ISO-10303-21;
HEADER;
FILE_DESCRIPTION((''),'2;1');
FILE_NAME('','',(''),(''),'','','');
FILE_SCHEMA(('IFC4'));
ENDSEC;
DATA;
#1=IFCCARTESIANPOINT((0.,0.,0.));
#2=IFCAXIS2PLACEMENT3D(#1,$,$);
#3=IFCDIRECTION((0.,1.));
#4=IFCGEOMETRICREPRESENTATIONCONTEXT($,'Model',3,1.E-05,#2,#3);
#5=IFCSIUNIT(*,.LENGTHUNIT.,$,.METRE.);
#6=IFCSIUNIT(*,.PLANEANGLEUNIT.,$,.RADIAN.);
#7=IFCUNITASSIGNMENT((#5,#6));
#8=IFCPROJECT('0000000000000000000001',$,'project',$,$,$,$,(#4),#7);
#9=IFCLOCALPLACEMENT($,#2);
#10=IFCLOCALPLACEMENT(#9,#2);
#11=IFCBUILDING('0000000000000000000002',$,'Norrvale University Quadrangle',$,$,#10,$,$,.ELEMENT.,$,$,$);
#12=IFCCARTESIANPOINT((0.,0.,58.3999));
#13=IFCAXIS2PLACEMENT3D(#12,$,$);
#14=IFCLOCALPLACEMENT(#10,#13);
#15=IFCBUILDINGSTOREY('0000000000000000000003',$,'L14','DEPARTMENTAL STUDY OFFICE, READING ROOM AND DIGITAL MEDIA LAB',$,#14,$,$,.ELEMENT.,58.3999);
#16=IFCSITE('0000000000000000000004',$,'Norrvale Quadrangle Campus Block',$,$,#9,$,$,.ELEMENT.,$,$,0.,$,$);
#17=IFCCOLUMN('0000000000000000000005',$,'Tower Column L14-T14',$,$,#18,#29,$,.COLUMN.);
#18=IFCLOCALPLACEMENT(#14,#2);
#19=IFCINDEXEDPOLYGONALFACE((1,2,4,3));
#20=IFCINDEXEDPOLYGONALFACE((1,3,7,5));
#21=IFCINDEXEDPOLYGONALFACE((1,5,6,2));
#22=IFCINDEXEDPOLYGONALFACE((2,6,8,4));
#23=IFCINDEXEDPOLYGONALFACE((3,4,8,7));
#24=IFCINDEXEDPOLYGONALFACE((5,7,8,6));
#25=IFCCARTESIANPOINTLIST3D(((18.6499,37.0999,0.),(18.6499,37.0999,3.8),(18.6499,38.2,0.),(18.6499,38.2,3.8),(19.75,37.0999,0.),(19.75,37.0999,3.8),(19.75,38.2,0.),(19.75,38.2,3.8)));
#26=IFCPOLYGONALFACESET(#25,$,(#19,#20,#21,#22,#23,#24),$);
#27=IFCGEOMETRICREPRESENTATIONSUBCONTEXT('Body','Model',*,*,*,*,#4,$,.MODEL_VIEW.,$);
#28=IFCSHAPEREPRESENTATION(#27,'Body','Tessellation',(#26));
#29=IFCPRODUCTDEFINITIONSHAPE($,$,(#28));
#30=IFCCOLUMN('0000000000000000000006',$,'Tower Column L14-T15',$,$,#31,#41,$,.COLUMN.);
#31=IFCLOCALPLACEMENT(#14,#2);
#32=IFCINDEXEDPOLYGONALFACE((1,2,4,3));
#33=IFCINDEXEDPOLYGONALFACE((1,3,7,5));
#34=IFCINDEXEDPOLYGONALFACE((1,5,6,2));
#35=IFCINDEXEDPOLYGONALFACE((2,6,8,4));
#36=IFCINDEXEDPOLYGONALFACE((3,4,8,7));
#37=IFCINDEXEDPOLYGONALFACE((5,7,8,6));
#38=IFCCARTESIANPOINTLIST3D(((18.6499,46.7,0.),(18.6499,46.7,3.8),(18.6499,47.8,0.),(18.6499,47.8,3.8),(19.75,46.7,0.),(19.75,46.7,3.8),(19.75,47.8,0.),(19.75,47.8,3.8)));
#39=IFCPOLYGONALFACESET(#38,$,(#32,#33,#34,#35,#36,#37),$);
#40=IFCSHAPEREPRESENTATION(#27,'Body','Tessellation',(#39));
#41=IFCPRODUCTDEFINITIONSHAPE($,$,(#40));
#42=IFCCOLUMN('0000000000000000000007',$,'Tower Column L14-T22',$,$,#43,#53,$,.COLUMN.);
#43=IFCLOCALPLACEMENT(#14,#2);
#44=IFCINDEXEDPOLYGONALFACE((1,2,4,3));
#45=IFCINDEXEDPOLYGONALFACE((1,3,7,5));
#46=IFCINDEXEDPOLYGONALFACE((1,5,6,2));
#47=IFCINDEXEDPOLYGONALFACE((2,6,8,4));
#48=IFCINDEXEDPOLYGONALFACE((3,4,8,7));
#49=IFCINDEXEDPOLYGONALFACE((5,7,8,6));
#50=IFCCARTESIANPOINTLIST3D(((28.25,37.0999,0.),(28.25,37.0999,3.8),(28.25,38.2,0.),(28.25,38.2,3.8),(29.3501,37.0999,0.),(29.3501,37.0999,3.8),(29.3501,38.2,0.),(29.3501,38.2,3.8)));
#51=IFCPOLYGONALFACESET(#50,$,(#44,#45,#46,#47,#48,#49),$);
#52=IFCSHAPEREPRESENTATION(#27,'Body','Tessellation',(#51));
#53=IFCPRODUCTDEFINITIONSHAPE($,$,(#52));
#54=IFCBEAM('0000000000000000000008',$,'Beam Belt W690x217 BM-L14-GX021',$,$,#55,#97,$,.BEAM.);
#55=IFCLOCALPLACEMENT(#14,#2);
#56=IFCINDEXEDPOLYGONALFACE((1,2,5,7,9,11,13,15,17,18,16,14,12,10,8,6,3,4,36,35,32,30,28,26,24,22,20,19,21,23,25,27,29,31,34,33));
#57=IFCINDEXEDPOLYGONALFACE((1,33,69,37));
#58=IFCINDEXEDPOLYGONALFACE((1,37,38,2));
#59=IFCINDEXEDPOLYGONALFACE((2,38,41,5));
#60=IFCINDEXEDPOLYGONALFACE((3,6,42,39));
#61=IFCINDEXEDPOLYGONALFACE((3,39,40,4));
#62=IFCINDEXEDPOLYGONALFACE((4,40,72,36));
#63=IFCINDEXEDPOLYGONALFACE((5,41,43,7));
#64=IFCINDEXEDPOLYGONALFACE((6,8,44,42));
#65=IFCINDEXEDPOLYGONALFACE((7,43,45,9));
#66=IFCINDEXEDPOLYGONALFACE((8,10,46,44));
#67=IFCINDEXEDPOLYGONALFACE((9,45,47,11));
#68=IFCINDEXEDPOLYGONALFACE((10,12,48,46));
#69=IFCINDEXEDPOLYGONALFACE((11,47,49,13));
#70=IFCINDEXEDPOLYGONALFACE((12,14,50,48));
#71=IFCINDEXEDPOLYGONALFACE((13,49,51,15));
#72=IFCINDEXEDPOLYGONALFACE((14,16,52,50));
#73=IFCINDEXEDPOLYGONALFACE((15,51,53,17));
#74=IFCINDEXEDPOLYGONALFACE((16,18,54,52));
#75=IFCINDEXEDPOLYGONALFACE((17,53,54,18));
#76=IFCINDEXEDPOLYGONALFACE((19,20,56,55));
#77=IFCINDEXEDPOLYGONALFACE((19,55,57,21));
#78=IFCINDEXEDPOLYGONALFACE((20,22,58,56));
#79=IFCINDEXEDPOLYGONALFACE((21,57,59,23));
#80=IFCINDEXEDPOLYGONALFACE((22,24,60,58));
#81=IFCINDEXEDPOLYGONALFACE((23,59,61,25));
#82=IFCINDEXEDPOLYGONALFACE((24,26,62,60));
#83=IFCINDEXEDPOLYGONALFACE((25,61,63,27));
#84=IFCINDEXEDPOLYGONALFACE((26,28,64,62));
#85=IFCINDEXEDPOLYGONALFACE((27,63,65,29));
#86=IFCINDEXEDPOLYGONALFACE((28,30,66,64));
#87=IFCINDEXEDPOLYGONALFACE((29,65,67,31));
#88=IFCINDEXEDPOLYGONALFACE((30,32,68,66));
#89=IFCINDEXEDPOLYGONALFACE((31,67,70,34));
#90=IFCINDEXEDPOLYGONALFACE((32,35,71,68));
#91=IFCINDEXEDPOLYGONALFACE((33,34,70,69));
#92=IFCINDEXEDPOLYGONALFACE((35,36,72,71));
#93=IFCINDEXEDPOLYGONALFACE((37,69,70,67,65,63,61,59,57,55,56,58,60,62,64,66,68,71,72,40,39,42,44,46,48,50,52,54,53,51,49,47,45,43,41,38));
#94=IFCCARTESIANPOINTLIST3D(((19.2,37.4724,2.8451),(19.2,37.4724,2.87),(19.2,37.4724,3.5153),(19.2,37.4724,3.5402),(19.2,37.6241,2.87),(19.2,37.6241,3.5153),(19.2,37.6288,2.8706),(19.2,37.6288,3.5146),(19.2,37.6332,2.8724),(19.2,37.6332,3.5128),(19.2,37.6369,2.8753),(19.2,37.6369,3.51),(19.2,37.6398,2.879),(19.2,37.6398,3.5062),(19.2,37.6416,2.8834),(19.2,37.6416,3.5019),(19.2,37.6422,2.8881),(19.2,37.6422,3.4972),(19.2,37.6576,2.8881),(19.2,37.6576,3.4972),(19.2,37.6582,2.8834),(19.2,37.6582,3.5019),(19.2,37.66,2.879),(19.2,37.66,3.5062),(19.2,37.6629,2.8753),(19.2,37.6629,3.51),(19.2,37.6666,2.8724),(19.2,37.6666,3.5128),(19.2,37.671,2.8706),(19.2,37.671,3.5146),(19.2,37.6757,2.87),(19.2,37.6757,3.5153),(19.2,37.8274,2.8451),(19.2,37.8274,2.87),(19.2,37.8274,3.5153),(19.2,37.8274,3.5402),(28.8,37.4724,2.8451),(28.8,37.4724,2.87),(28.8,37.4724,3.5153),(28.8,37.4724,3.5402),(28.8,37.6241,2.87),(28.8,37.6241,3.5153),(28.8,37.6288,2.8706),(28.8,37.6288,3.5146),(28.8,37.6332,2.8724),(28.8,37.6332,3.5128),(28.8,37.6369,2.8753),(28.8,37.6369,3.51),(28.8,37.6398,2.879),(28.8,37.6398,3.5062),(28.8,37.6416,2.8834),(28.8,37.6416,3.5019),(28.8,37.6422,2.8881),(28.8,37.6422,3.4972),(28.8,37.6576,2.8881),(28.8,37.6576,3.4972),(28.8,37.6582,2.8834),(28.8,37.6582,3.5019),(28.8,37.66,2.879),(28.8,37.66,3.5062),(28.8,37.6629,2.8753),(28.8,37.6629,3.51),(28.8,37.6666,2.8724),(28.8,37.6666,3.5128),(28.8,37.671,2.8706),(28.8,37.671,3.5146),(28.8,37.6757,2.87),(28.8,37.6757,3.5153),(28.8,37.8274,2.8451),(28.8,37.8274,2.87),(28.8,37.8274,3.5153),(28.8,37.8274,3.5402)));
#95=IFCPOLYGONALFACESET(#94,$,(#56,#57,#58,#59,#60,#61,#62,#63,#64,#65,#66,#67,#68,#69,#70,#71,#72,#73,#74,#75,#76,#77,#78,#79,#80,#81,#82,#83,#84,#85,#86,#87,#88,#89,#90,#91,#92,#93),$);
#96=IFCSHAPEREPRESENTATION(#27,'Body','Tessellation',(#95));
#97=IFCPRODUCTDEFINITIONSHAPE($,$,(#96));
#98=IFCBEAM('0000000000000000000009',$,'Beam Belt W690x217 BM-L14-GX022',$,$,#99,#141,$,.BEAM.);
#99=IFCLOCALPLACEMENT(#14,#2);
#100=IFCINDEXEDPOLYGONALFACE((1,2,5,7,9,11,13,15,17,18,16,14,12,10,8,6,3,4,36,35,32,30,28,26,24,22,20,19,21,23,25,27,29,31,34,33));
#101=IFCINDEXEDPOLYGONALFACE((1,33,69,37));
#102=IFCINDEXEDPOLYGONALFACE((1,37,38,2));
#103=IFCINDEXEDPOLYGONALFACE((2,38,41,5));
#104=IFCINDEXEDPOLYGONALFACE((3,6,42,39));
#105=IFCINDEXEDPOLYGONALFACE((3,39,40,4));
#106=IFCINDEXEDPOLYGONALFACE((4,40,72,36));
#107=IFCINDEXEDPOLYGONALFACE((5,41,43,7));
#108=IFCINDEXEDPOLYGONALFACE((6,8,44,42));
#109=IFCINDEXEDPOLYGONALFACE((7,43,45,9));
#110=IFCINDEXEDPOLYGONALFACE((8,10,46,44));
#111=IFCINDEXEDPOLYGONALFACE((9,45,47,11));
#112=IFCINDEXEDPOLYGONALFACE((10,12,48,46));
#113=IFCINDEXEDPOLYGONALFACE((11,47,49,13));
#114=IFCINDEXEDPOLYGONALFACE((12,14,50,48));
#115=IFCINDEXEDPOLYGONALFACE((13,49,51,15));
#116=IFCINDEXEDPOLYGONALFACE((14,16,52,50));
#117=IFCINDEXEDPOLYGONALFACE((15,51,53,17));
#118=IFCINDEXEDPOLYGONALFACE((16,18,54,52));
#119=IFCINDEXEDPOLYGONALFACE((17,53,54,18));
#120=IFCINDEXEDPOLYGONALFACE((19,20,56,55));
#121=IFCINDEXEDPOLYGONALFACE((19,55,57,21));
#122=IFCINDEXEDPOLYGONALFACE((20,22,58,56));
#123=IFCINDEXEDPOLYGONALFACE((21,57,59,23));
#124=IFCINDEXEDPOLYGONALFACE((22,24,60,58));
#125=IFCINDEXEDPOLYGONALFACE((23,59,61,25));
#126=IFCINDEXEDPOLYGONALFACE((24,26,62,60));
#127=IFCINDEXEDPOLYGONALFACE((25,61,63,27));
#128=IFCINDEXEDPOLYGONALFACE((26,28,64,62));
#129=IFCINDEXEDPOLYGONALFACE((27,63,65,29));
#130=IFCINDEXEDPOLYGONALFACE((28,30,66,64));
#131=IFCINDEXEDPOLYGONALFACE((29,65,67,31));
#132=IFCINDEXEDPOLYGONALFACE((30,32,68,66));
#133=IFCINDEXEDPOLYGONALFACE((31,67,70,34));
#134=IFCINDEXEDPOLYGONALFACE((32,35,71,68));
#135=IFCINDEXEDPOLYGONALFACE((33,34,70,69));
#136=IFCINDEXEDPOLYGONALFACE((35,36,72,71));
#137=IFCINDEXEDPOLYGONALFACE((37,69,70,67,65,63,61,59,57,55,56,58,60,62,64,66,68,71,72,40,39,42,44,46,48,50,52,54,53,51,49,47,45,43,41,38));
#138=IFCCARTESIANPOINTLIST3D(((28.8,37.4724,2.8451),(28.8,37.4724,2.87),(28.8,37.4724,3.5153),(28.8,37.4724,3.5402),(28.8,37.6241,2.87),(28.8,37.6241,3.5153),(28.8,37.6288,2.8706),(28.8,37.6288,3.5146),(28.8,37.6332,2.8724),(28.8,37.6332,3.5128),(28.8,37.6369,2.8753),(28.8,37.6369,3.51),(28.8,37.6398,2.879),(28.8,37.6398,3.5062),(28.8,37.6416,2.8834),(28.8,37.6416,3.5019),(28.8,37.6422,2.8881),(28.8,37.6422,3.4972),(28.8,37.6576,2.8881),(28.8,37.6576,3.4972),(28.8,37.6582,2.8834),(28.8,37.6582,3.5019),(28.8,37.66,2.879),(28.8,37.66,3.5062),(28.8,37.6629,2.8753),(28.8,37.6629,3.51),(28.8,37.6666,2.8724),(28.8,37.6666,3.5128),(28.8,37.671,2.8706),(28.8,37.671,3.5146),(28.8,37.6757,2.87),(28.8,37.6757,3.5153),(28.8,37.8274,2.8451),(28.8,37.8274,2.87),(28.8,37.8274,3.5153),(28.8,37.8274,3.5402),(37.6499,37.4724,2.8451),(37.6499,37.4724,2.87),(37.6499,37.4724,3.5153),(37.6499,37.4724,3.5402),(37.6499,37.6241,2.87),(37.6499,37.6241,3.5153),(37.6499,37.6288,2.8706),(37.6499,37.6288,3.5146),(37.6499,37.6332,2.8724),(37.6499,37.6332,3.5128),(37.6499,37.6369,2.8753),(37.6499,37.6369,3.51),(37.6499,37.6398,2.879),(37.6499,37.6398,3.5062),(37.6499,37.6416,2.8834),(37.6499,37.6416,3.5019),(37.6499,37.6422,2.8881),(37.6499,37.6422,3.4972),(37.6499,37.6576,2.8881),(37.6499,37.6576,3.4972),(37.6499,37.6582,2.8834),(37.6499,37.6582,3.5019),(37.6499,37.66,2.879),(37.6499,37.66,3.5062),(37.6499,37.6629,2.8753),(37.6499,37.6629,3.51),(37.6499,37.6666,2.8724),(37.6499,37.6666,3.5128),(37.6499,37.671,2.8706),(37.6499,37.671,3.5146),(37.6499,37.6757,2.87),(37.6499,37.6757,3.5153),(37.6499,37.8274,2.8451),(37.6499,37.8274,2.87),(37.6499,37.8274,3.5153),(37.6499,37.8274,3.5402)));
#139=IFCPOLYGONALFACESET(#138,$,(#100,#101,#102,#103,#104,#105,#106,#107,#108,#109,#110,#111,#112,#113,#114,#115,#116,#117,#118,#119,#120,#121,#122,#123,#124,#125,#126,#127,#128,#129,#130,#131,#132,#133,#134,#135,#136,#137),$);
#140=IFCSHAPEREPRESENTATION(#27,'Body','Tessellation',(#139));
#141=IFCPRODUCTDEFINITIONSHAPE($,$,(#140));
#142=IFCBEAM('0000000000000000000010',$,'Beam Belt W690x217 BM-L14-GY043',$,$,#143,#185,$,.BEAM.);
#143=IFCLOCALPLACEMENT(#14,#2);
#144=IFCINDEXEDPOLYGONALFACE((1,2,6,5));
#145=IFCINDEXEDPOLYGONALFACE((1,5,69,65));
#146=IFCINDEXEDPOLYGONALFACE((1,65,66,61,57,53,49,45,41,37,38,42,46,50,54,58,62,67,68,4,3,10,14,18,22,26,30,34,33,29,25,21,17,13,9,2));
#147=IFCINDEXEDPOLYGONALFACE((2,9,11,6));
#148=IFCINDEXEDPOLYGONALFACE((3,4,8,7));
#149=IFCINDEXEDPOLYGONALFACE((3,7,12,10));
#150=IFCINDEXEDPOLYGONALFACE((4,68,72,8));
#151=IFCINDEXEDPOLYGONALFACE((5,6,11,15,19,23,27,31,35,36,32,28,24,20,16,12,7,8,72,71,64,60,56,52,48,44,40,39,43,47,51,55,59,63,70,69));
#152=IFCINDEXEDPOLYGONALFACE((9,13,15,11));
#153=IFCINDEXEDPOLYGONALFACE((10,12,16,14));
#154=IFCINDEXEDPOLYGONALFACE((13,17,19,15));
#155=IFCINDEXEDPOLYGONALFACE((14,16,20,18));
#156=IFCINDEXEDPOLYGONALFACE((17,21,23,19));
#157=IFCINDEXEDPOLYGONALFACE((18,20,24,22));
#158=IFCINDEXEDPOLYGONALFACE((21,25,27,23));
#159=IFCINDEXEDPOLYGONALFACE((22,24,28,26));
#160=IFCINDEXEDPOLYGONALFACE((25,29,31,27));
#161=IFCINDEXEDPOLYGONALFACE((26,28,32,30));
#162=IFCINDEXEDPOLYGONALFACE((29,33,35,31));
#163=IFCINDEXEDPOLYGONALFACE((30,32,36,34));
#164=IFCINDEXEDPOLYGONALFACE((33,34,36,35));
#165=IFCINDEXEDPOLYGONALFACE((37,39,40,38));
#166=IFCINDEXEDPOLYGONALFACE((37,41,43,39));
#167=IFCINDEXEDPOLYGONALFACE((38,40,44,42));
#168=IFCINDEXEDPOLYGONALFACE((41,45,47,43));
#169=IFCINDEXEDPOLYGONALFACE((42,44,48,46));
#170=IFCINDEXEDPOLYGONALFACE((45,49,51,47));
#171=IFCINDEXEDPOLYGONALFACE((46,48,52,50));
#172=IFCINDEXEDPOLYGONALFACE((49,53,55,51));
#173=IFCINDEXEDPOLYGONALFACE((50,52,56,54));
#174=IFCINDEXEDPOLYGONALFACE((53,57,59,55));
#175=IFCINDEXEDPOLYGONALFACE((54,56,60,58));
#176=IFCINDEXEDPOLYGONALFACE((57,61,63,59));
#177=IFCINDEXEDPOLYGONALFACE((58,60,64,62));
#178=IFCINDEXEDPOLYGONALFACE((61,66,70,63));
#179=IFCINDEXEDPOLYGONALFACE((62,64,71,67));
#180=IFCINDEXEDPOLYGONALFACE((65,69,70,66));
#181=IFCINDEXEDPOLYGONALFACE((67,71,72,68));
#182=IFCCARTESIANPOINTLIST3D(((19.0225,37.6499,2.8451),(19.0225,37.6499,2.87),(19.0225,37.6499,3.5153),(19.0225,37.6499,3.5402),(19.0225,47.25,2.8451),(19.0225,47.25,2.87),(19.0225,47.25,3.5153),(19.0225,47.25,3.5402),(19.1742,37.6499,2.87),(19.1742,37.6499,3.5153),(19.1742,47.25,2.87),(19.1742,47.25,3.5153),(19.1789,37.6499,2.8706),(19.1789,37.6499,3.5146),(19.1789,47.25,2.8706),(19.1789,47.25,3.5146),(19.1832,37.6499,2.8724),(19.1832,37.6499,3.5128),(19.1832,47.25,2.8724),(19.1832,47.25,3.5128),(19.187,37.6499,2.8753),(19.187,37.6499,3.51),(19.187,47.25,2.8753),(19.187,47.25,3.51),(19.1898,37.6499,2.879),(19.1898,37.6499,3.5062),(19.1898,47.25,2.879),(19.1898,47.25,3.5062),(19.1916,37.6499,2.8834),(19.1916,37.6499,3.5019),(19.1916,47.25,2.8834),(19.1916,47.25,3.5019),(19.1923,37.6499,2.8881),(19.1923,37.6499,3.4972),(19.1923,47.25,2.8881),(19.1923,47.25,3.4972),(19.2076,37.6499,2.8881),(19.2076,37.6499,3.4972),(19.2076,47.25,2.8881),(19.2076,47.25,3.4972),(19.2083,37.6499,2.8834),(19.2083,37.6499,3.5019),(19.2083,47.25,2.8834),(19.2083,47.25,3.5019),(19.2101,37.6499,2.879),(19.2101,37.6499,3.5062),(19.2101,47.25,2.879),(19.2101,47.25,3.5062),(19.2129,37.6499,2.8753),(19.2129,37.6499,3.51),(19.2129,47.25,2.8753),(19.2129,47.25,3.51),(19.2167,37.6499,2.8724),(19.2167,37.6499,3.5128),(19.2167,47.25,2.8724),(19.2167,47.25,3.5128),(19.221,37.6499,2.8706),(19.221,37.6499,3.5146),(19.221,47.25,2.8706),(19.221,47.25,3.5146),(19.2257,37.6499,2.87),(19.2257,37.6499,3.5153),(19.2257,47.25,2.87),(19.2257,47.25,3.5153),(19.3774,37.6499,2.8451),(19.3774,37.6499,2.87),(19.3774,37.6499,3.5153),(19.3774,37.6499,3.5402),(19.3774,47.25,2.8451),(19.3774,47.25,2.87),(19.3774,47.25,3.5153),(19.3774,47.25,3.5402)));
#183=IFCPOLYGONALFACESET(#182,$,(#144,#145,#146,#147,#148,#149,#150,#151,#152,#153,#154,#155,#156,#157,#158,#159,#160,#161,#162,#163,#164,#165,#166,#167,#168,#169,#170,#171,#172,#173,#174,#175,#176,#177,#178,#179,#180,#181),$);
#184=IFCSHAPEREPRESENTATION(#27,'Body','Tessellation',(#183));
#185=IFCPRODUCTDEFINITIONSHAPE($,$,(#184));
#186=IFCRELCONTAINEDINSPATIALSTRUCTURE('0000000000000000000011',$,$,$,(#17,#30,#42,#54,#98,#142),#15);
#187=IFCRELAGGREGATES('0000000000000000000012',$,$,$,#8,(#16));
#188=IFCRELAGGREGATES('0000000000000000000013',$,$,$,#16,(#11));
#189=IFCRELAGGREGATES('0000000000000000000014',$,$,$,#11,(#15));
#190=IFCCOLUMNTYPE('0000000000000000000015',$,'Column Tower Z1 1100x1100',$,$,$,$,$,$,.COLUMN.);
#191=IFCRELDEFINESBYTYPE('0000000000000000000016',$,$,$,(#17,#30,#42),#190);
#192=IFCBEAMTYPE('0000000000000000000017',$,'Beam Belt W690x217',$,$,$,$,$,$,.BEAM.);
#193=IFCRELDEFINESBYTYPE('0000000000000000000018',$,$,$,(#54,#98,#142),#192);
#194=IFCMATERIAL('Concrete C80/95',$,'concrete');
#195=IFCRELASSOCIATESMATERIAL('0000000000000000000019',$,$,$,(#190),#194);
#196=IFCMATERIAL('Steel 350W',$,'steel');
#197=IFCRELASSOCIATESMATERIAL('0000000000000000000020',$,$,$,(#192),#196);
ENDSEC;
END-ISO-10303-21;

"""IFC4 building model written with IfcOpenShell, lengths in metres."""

from ifc_helpers import new_model, si_unit, direction, frame, origin, origin_2d, place, context, subcontext, project, spatial, rectangle, i_section, extrude, material, material_profile, profile_set, type_object, element, save


model = new_model("IFC4")

# Units and contexts
model_context = context("Model", 3, precision=1e-05, world=origin(), true_north=direction((0.0, 1.0)))
body_context = subcontext(model_context, "Body", "Model", "MODEL_VIEW")
ifc_project = project(units=[si_unit("LENGTHUNIT", "METRE"), si_unit("PLANEANGLEUNIT", "RADIAN")], contexts=[model_context])

# Site, building, storey
site_placement = place(None, origin())
site = spatial("IfcSite", under=ifc_project, at=site_placement, Name="Norrvale Quadrangle Campus Block", CompositionType="ELEMENT", RefElevation=0.0)
building_placement = place(site_placement, origin())
building = spatial("IfcBuilding", under=site, at=building_placement, Name="Norrvale University Quadrangle", CompositionType="ELEMENT")
storey_placement = place(building_placement, frame((0.0, 0.0, 58.3999)))
storey = spatial("IfcBuildingStorey", under=building, at=storey_placement, Name="L14", Description="DEPARTMENTAL STUDY OFFICE, READING ROOM AND DIGITAL MEDIA LAB", CompositionType="ELEMENT", Elevation=58.3999)

# Columns
ifc_material_1 = material(Name="Concrete C80/95", Category="concrete")
ifc_material_profile_1 = material_profile(ifc_material_1, rectangle(XDim=1.1001, YDim=1.1001, at=origin_2d()), Name="Concrete C80/95")
ifc_profile_set_1 = profile_set([ifc_material_profile_1], Name="Concrete C80/95")
column_type = type_object("IfcColumnType", Name="Column Tower Z1 1100x1100", PredefinedType="COLUMN", material=ifc_profile_set_1)
for number, where, z_axis, x_axis, name in (
    (1, (19.2, 37.6499, 0.0), (0.0, 0.0, 1.0), (1.0, 0.0, 0.0), "Tower Column L14-T14"),
    (2, (19.2, 47.25, 0.0), (0.0, 0.0, 1.0), (1.0, 0.0, 0.0), "Tower Column L14-T15"),
    (3, (28.8, 37.6499, 0.0), (0.0, 0.0, 1.0), (1.0, 0.0, 0.0), "Tower Column L14-T22"),
):
    element("IfcColumn", number, at=place(storey_placement, frame(where, z_axis=z_axis, x_axis=x_axis)), inside=storey, type_object=column_type, Name=name, PredefinedType="COLUMN", context=body_context, shape_type="SweptSolid", body=[
        extrude(rectangle(XDim=1.1001, YDim=1.1001, at=origin_2d()), origin(), (0.0, 0.0, 1.0), 3.8),
    ])

# Beams
ifc_material_2 = material(Name="Steel 350W", Category="steel")
ifc_material_profile_2 = material_profile(ifc_material_2, i_section(OverallWidth=0.355, OverallDepth=0.6951, WebThickness=0.0154, FlangeThickness=0.0249, FilletRadius=0.0181, at=origin_2d()), Name="Steel 350W")
ifc_profile_set_2 = profile_set([ifc_material_profile_2], Name="Steel 350W")
beam_type_1 = type_object("IfcBeamType", Name="Beam Belt W690x217", PredefinedType="BEAM", material=ifc_profile_set_2)
beam_1_placement = place(storey_placement, frame((19.2, 37.6499, 3.1926), z_axis=(1.0, 0.0, 0.0), x_axis=(0.0, 1.0, 0.0)))
element("IfcBeam", 4, at=beam_1_placement, inside=storey, type_object=beam_type_1, Name="Beam Belt W690x217 BM-L14-GX021", PredefinedType="BEAM", context=body_context, shape_type="SweptSolid", body=[
    extrude(i_section(OverallWidth=0.355, OverallDepth=0.6951, WebThickness=0.0154, FlangeThickness=0.0249, FilletRadius=0.0181, at=origin_2d()), origin(), (0.0, 0.0, 1.0), 9.6001),
])
beam_2_placement = place(storey_placement, frame((28.8, 37.6499, 3.1926), z_axis=(1.0, 0.0, 0.0), x_axis=(0.0, 1.0, 0.0)))
element("IfcBeam", 5, at=beam_2_placement, inside=storey, type_object=beam_type_1, Name="Beam Belt W690x217 BM-L14-GX022", PredefinedType="BEAM", context=body_context, shape_type="SweptSolid", body=[
    extrude(i_section(OverallWidth=0.355, OverallDepth=0.6951, WebThickness=0.0154, FlangeThickness=0.0249, FilletRadius=0.0181, at=origin_2d()), origin(), (0.0, 0.0, 1.0), 8.8499),
])
for number, where, z_axis, x_axis, name in (
    (6, (19.2, 37.6499, 3.1926), (0.0, 1.0, 0.0), (-1.0, 0.0, 0.0), "Beam Belt W690x217 BM-L14-GY043"),
):
    element("IfcBeam", number, at=place(storey_placement, frame(where, z_axis=z_axis, x_axis=x_axis)), inside=storey, type_object=beam_type_1, Name=name, PredefinedType="BEAM", context=body_context, shape_type="SweptSolid", body=[
        extrude(i_section(OverallWidth=0.355, OverallDepth=0.6951, WebThickness=0.0154, FlangeThickness=0.0249, FilletRadius=0.0181, at=origin_2d()), origin(), (0.0, 0.0, 1.0), 9.6001),
    ])

save(model, "model.ifc")
